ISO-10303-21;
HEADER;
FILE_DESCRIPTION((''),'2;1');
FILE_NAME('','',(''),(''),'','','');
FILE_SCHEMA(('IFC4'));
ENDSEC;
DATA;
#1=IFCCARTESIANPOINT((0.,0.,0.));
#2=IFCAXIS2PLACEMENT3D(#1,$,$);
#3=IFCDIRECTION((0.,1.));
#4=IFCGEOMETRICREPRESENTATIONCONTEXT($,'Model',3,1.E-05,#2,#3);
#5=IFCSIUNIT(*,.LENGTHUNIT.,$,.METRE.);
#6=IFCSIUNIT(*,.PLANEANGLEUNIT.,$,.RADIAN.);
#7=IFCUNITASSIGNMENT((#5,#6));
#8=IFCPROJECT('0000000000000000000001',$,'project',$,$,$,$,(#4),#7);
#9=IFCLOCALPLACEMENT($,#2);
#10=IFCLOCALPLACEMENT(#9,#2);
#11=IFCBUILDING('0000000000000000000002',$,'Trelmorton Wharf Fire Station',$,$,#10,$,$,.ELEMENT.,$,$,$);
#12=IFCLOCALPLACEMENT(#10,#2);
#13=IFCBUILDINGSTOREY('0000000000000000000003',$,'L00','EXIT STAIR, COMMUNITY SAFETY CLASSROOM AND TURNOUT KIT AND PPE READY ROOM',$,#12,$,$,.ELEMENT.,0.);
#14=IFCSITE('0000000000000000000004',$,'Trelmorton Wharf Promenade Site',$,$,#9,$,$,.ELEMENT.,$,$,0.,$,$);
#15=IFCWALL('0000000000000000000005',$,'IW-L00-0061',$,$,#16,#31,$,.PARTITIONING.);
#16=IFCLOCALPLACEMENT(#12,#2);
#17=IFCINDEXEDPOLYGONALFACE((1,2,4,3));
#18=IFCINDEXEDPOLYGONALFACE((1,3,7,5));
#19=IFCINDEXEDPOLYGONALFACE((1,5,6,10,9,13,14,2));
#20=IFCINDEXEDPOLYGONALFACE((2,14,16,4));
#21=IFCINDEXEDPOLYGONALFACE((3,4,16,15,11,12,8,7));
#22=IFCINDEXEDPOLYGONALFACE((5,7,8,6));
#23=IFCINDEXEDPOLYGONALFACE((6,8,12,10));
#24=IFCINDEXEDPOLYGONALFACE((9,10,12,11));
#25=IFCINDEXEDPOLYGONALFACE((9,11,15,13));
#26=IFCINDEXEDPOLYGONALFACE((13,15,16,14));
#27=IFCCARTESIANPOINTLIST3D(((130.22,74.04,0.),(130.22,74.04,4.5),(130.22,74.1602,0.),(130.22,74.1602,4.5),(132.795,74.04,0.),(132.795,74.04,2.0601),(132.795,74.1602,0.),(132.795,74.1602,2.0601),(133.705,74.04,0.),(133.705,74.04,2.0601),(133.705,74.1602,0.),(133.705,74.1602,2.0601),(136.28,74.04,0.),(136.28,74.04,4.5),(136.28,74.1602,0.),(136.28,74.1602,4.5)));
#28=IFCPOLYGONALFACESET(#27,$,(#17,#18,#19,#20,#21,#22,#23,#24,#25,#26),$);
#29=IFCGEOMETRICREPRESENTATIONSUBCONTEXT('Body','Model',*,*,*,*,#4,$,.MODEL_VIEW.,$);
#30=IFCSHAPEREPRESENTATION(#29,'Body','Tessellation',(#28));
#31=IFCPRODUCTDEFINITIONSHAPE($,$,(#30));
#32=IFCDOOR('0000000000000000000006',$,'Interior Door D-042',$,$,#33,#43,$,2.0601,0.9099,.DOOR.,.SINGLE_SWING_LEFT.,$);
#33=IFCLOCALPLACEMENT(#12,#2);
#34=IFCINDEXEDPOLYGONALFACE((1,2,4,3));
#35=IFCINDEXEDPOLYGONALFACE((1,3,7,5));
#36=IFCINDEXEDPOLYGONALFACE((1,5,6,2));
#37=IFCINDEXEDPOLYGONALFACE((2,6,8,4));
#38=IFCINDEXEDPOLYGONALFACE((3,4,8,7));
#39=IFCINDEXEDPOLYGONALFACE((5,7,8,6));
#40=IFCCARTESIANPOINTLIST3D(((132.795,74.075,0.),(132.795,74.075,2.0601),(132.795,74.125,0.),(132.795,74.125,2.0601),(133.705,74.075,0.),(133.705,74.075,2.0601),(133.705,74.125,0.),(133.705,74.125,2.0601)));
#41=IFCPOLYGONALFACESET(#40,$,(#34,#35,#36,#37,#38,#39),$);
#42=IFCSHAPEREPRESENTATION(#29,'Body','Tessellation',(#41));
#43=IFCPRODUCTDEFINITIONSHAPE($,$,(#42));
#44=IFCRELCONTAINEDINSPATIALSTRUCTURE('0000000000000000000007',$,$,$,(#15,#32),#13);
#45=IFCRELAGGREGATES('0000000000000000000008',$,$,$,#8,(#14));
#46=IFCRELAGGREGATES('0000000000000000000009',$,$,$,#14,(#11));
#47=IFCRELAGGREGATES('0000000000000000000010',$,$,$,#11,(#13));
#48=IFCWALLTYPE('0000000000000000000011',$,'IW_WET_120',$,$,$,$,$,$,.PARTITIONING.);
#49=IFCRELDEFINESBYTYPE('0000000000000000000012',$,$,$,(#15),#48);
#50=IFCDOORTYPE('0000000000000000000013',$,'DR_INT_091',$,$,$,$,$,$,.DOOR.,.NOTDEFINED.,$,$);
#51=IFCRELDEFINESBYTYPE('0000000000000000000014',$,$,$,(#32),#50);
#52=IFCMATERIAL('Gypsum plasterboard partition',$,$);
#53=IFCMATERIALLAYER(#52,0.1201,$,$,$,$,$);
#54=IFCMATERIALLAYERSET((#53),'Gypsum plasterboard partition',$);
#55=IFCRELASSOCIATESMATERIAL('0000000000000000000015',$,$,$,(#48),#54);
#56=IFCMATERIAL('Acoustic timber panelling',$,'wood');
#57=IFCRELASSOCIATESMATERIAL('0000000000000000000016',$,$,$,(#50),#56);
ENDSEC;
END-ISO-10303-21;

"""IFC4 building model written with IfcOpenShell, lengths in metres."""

from ifc_helpers import new_model, si_unit, direction, frame, frame_2d, origin, place, context, subcontext, project, spatial, rectangle, extrude, material, layer, layer_set, type_object, element, fill, save


model = new_model("IFC4")

# Units and contexts
model_context = context("Model", 3, precision=1e-05, world=origin(), true_north=direction((0.0, 1.0)))
body_context = subcontext(model_context, "Body", "Model", "MODEL_VIEW")
ifc_project = project(units=[si_unit("LENGTHUNIT", "METRE"), si_unit("PLANEANGLEUNIT", "RADIAN")], contexts=[model_context])

# Site, building, storey
site_placement = place(None, origin())
site = spatial("IfcSite", under=ifc_project, at=site_placement, Name="Trelmorton Wharf Promenade Site", CompositionType="ELEMENT", RefElevation=0.0)
building_placement = place(site_placement, origin())
building = spatial("IfcBuilding", under=site, at=building_placement, Name="Trelmorton Wharf Fire Station", CompositionType="ELEMENT")
storey_placement = place(building_placement, origin())
storey = spatial("IfcBuildingStorey", under=building, at=storey_placement, Name="L00", Description="EXIT STAIR, COMMUNITY SAFETY CLASSROOM AND TURNOUT KIT AND PPE READY ROOM", CompositionType="ELEMENT", Elevation=0.0)

# Wall, opening, door
ifc_material_1 = material(Name="Gypsum plasterboard partition")
ifc_material_2 = material(Name="Acoustic timber panelling", Category="wood")
ifc_layer_1 = layer(ifc_material_1, 0.1201)
ifc_layer_set_1 = layer_set([ifc_layer_1], Name="Gypsum plasterboard partition")
wall_type_1 = type_object("IfcWallType", Name="IW_WET_120", PredefinedType="PARTITIONING", material=ifc_layer_set_1)
wall_1_placement = place(storey_placement, frame((130.22, 74.1001, 0.0), z_axis=(0.0, 0.0, 1.0), x_axis=(1.0, 0.0, 0.0)))
wall_1 = element("IfcWall", 1, at=wall_1_placement, inside=storey, type_object=wall_type_1, Name="IW-L00-0061", PredefinedType="PARTITIONING", context=body_context, shape_type="SweptSolid", body=[
    extrude(rectangle(XDim=6.0601, YDim=0.1201, at=frame_2d((3.03, 0.0))), origin(), (0.0, 0.0, 1.0), 4.5),
])
opening_1_placement = place(wall_1_placement, frame((2.575, 0.0, 0.0)))
opening_1 = element("IfcOpeningElement", 2, at=opening_1_placement, cuts=wall_1, PredefinedType="OPENING", context=body_context, shape_type="SweptSolid", body=[
    extrude(rectangle(XDim=0.9099, YDim=2.0601, at=frame_2d((0.4551, 1.03))), frame((0.0, 0.0701, 0.0), z_axis=(0.0, -1.0, 0.0), x_axis=(1.0, 0.0, 0.0)), (0.0, 0.0, 1.0), 0.1401),
])
door_type_1 = type_object("IfcDoorType", Name="DR_INT_091", OperationType="NOTDEFINED", PredefinedType="DOOR", material=ifc_material_2)
door_1_placement = place(opening_1_placement, origin())
door_1 = element("IfcDoor", 3, at=door_1_placement, inside=storey, type_object=door_type_1, Name="Interior Door D-042", OperationType="SINGLE_SWING_LEFT", OverallHeight=2.0601, OverallWidth=0.9099, PredefinedType="DOOR", context=body_context, shape_type="SweptSolid", body=[
    extrude(rectangle(XDim=0.9099, YDim=2.0601, at=frame_2d((0.4551, 1.03))), frame((0.0, 0.0249, 0.0), z_axis=(0.0, -1.0, 0.0), x_axis=(1.0, 0.0, 0.0)), (0.0, 0.0, 1.0), 0.05),
])
fill(opening_1, door_1)

save(model, "model.ifc")
